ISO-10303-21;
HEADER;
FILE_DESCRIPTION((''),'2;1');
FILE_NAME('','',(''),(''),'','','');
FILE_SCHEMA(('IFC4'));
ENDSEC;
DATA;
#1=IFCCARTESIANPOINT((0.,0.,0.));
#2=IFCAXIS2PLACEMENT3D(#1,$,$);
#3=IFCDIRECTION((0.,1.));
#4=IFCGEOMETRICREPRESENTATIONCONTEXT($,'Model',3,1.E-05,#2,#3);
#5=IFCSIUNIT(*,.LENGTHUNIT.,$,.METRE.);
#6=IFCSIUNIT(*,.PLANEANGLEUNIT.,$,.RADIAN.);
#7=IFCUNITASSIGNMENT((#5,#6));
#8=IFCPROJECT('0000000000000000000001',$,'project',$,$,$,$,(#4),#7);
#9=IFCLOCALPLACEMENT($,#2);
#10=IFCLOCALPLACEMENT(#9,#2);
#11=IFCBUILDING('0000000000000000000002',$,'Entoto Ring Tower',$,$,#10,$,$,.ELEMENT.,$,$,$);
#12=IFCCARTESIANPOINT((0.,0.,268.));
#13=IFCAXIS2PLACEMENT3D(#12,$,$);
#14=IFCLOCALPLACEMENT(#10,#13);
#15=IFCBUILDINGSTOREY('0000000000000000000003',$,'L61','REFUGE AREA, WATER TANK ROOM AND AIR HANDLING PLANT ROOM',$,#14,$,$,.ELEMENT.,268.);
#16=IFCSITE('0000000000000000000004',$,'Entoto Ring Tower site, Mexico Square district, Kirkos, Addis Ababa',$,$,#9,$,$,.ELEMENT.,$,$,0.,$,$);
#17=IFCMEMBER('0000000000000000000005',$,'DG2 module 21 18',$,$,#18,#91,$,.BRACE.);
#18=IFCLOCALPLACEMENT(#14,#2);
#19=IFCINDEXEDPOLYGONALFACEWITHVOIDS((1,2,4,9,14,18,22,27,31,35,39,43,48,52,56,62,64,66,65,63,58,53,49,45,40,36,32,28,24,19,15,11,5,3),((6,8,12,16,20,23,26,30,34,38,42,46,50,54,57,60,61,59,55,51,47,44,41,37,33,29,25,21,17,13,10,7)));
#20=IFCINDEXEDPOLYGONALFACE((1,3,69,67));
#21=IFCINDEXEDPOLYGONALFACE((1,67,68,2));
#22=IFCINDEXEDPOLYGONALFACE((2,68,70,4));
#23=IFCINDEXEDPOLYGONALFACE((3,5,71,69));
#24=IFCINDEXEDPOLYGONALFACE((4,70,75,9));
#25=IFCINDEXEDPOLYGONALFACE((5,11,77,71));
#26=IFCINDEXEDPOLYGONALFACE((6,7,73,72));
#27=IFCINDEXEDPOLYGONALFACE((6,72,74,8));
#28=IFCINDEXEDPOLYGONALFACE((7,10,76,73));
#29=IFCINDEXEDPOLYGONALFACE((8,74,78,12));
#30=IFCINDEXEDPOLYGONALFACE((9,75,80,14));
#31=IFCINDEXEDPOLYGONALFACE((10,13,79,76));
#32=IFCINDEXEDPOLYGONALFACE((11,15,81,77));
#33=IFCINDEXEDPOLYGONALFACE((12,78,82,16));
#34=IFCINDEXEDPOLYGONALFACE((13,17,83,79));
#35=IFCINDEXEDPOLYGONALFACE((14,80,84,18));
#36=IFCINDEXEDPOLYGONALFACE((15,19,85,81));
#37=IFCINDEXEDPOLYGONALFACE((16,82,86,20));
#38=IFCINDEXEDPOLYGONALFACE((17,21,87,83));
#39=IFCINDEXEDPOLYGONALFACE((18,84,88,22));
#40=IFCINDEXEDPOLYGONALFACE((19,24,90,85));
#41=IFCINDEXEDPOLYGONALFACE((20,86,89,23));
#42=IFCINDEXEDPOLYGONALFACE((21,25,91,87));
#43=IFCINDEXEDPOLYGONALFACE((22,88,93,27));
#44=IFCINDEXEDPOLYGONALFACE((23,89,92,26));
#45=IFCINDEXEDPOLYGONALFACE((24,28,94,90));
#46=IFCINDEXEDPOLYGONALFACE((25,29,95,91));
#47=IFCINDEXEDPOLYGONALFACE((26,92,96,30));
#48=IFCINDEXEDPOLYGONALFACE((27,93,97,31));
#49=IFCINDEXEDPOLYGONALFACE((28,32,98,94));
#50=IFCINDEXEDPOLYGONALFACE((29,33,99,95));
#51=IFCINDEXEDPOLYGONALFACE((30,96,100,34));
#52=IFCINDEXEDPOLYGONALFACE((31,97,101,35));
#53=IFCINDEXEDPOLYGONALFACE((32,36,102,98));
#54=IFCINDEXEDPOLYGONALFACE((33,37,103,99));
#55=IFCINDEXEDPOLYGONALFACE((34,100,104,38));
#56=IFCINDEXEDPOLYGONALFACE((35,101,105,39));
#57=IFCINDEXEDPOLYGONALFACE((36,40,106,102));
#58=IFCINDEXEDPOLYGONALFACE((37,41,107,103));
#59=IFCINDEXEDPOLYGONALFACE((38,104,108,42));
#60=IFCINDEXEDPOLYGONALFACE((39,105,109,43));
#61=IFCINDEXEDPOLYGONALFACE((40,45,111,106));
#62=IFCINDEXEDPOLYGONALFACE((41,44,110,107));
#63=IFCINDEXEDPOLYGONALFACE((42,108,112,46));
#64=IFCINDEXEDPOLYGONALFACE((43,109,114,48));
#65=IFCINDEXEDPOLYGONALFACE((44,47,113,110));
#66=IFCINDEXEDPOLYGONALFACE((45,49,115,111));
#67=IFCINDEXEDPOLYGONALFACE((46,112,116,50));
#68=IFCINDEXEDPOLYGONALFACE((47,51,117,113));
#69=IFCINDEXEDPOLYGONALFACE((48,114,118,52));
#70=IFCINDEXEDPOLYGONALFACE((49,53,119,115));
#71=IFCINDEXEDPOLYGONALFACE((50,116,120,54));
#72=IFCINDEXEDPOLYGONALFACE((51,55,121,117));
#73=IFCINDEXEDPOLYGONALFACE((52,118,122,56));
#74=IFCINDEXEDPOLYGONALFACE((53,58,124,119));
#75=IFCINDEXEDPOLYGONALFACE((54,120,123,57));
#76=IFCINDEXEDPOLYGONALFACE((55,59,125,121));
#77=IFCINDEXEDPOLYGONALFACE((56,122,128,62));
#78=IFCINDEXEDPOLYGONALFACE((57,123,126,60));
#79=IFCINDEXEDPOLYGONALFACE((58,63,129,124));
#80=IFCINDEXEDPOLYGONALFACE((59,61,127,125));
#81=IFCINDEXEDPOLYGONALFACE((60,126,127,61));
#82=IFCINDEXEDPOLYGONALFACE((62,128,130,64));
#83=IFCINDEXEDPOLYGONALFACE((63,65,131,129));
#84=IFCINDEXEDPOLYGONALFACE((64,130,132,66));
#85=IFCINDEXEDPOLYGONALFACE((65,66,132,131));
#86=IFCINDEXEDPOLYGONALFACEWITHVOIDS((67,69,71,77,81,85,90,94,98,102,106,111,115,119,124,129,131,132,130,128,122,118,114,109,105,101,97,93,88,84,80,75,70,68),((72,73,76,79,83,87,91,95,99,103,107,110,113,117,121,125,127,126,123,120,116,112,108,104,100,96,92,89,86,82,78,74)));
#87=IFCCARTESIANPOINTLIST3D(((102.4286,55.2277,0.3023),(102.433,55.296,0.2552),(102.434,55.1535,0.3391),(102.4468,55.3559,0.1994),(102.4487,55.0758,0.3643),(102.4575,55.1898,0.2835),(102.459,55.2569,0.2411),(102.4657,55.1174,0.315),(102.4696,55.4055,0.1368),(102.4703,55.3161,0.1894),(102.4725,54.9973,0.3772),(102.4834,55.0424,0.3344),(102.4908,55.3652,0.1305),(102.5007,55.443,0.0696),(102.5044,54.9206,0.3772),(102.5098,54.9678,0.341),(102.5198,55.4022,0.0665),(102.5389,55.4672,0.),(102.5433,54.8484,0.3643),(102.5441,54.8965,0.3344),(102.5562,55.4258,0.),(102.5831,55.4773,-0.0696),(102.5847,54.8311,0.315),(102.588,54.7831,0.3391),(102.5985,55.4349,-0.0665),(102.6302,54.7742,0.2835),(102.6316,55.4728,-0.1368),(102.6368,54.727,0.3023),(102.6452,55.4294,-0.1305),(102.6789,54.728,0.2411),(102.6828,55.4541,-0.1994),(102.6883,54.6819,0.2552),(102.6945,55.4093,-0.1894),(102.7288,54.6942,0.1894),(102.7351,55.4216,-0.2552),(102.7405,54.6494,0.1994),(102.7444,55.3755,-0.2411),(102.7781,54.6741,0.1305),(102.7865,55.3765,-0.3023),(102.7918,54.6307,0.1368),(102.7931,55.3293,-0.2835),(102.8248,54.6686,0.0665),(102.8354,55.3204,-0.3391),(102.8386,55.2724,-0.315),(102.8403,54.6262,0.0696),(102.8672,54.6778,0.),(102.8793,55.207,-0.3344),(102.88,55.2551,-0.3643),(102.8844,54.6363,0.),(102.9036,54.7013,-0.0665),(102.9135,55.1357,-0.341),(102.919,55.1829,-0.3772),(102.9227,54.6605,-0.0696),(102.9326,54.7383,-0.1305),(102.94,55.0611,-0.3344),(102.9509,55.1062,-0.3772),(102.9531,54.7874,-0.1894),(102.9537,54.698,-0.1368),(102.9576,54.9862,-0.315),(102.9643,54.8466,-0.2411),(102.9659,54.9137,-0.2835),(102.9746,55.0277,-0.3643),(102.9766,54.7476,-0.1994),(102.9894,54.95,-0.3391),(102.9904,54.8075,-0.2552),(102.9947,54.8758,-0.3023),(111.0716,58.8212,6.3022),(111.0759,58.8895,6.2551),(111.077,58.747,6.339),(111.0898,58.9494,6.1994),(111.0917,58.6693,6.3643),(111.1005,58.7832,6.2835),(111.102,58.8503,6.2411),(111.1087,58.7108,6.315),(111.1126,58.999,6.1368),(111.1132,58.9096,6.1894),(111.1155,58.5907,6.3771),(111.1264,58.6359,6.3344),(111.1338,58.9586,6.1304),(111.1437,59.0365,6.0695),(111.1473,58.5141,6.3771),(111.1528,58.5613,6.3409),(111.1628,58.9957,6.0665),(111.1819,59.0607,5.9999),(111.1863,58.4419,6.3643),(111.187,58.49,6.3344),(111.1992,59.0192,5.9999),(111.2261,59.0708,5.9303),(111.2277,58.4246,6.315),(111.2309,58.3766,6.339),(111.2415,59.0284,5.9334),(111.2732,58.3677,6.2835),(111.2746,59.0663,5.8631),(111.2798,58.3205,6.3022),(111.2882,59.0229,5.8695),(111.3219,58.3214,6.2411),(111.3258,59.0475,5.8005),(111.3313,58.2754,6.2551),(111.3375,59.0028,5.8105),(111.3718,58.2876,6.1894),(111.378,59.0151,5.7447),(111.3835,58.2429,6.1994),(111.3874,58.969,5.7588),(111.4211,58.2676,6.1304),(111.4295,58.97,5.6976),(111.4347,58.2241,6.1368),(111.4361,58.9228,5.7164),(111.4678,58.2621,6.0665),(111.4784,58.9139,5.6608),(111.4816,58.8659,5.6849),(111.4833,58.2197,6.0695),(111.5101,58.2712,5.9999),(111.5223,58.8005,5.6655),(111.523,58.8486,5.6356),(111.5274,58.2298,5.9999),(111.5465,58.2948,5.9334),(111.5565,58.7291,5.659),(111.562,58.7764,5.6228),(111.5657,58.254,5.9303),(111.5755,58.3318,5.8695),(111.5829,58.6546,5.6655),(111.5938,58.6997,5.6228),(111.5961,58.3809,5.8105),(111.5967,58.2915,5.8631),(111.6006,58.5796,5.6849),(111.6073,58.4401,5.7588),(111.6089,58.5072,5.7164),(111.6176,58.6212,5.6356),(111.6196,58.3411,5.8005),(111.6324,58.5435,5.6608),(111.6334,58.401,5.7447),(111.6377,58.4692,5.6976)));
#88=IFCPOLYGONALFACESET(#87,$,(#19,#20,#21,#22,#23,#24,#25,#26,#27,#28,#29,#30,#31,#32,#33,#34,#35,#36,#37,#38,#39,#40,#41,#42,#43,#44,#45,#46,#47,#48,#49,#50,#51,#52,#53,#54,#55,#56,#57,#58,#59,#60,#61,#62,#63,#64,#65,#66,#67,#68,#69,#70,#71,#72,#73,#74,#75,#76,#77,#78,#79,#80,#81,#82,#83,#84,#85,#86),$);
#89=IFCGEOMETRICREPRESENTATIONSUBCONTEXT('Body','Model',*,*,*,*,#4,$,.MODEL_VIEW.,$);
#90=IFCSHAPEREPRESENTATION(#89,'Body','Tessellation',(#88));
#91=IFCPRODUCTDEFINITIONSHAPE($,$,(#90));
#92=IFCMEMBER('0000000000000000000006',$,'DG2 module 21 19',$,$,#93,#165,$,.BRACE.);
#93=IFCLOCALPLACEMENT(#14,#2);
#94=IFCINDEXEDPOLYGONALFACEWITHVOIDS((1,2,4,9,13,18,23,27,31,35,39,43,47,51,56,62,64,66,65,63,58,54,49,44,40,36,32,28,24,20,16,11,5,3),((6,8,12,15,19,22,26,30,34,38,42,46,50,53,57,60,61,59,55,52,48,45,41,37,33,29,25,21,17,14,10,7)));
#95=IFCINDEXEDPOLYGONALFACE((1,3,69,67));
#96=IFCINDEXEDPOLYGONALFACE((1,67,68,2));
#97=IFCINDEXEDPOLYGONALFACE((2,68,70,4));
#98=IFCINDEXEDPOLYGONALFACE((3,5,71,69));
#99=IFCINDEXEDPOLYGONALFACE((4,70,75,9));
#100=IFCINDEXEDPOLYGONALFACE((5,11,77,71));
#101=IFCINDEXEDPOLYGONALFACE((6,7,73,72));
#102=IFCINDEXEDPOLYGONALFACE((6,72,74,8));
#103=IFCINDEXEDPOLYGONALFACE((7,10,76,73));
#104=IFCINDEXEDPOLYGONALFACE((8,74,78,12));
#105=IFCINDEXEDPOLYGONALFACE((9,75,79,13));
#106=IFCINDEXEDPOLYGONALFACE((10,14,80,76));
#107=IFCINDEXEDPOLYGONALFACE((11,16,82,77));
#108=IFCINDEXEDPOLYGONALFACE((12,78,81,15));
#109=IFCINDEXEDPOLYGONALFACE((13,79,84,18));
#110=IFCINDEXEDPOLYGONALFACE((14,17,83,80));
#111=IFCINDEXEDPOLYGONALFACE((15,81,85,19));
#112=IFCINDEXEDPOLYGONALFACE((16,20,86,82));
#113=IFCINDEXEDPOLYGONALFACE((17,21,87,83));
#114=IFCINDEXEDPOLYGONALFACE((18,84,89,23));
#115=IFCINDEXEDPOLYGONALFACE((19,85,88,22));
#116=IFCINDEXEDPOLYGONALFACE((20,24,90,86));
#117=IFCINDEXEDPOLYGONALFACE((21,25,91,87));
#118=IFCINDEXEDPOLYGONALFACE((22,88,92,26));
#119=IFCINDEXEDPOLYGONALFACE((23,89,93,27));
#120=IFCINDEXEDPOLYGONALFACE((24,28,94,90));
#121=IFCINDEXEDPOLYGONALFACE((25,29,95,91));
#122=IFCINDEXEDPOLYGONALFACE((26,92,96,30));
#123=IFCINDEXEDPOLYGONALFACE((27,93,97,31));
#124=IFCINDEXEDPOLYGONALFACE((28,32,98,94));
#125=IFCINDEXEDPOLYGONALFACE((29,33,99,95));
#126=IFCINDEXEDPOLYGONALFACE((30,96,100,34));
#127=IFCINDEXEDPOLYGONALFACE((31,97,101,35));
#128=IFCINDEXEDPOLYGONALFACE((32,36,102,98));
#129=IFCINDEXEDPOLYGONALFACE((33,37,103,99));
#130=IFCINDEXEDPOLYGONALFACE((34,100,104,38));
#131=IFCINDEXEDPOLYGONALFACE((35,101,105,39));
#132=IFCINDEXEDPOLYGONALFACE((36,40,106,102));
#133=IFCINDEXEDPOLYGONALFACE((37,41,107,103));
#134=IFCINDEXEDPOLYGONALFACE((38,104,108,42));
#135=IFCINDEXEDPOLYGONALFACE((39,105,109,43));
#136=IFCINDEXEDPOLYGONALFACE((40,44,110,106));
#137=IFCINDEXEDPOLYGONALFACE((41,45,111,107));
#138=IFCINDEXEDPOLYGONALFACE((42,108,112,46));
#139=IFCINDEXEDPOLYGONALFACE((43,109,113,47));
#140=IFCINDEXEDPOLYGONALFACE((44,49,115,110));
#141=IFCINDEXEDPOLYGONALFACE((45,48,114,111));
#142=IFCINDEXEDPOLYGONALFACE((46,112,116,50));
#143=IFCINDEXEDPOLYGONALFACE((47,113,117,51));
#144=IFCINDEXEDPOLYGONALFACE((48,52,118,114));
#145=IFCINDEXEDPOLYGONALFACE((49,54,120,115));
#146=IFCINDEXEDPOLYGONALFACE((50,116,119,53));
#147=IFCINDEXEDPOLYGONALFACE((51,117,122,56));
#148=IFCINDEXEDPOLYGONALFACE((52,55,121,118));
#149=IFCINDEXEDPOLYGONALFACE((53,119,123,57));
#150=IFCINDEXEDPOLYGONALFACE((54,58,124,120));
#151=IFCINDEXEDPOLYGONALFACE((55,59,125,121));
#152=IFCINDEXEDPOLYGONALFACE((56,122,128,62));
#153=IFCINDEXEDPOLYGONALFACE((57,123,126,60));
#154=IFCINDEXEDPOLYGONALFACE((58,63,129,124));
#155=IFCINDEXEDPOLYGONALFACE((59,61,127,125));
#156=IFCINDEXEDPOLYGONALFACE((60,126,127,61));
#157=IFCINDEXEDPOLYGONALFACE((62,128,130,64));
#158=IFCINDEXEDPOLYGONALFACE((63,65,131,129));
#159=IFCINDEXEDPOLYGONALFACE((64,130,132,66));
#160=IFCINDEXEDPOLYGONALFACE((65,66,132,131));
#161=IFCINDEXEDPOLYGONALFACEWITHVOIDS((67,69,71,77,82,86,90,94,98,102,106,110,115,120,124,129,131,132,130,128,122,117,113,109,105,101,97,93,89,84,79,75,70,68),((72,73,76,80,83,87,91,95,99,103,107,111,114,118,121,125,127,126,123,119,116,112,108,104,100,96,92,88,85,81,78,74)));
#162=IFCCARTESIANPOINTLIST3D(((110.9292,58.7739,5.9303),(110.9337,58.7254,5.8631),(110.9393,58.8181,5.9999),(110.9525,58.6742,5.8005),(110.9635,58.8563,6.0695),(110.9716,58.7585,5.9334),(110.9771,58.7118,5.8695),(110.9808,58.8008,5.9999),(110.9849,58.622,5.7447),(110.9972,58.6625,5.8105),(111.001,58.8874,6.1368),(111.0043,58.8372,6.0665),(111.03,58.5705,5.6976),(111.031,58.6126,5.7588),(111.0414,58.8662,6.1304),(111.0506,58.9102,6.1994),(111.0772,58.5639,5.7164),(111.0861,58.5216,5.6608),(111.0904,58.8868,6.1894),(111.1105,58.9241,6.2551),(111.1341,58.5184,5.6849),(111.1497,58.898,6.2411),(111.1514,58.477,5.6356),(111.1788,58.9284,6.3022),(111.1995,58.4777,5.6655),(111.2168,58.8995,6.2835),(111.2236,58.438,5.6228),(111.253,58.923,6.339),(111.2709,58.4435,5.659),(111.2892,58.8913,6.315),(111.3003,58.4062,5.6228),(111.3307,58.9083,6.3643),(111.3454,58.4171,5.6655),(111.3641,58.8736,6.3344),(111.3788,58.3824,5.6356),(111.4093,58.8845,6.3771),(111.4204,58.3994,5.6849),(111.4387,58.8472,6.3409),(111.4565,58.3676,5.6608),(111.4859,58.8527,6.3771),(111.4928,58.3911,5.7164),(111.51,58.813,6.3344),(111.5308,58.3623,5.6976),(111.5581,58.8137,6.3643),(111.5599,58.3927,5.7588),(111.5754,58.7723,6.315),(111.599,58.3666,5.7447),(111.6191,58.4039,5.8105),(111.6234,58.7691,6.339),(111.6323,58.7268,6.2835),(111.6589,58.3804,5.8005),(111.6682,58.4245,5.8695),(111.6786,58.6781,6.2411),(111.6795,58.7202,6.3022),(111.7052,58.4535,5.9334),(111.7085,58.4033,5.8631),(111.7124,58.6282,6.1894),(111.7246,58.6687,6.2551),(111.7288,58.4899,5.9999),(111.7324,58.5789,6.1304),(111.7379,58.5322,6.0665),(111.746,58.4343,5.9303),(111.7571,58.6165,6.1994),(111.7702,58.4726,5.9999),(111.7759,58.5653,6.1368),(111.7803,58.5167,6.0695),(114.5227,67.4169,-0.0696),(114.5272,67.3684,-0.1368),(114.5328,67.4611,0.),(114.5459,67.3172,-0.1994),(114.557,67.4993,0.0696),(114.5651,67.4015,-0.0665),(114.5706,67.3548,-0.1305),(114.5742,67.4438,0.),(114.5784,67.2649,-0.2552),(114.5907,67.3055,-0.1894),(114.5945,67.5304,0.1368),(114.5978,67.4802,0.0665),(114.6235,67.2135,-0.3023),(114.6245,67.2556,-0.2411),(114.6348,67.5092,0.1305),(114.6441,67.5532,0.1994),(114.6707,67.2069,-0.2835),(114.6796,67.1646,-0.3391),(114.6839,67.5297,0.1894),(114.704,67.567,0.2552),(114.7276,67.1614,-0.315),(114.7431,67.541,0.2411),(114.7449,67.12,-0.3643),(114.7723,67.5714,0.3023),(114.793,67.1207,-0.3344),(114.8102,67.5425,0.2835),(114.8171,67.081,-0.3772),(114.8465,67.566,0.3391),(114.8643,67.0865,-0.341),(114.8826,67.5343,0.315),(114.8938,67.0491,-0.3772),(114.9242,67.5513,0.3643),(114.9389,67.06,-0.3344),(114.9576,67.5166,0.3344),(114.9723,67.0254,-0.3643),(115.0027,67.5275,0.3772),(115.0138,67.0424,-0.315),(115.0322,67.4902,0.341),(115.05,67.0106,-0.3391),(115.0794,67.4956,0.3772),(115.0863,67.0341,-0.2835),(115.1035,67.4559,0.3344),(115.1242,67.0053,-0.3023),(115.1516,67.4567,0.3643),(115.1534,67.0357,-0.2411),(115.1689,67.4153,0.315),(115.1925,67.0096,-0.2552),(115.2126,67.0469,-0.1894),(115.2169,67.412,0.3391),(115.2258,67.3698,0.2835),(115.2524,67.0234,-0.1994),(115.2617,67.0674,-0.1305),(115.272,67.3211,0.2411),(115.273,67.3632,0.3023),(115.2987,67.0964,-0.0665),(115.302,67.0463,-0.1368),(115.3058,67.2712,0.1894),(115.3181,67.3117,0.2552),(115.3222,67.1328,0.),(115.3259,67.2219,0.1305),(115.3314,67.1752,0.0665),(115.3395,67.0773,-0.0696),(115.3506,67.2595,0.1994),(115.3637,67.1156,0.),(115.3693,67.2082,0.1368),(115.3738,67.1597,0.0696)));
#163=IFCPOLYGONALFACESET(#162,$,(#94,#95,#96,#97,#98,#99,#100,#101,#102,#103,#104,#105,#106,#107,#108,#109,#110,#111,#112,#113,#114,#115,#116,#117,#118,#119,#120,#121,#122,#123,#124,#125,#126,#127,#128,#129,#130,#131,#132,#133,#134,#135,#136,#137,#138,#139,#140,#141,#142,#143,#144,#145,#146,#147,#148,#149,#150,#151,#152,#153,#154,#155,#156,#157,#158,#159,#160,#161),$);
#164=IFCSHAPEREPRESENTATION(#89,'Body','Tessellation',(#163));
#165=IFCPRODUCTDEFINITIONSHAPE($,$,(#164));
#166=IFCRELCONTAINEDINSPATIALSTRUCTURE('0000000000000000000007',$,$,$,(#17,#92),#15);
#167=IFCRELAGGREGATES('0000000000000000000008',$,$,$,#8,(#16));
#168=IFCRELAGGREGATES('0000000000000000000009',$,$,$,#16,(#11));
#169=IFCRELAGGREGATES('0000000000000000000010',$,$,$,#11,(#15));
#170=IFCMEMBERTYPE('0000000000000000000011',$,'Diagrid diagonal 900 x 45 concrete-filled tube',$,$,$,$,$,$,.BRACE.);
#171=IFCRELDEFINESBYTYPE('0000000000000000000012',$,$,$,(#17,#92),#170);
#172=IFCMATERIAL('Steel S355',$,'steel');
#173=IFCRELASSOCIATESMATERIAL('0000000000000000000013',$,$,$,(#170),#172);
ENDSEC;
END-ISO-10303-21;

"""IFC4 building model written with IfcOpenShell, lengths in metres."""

from ifc_helpers import new_model, si_unit, direction, frame, origin, origin_2d, place, context, subcontext, project, spatial, circle, hollow_circle, extrude, material, material_profile, profile_set, type_object, element, save


model = new_model("IFC4")

# Units and contexts
model_context = context("Model", 3, precision=1e-05, world=origin(), true_north=direction((0.0, 1.0)))
body_context = subcontext(model_context, "Body", "Model", "MODEL_VIEW")
ifc_project = project(units=[si_unit("LENGTHUNIT", "METRE"), si_unit("PLANEANGLEUNIT", "RADIAN")], contexts=[model_context])

# Site, building, storey
site_placement = place(None, origin())
site = spatial("IfcSite", under=ifc_project, at=site_placement, Name="Entoto Ring Tower site, Mexico Square district, Kirkos, Addis Ababa", CompositionType="ELEMENT", RefElevation=0.0)
building_placement = place(site_placement, origin())
building = spatial("IfcBuilding", under=site, at=building_placement, Name="Entoto Ring Tower", CompositionType="ELEMENT")
storey_placement = place(building_placement, frame((0.0, 0.0, 268.0)))
storey = spatial("IfcBuildingStorey", under=building, at=storey_placement, Name="L61", Description="REFUGE AREA, WATER TANK ROOM AND AIR HANDLING PLANT ROOM", CompositionType="ELEMENT", Elevation=268.0)

# Members
ifc_material_1 = material(Name="Steel S355", Category="steel")
ifc_material_profile_1 = material_profile(ifc_material_1, hollow_circle(Radius=0.45, WallThickness=0.0449, at=origin_2d()), Name="CHS 900 x 45")
ifc_material_2 = material(Name="Concrete C60/75", Category="concrete")
ifc_material_profile_2 = material_profile(ifc_material_2, circle(Radius=0.405, at=origin_2d()), Name="Concrete C60/75 infill")
ifc_profile_set_1 = profile_set([ifc_material_profile_1, ifc_material_profile_2], Name="Steel S355")
member_type_1 = type_object("IfcMemberType", Name="Diagrid diagonal 900 x 45 concrete-filled tube", PredefinedType="BRACE", material=ifc_profile_set_1)
for number, where, z_axis, x_axis, name in (
    (1, (102.7117, 55.0518, 0.0), (0.777375, 0.323207, 0.539652), (-0.383908, 0.923371, 0.0), "DG2 module 21 18"),
    (2, (114.9482, 67.2883, 0.0), (-0.323207, -0.777375, 0.539652), (0.923371, -0.383908, 0.0), "DG2 module 21 19"),
):
    element("IfcMember", number, at=place(storey_placement, frame(where, z_axis=z_axis, x_axis=x_axis)), inside=storey, type_object=member_type_1, Name=name, PredefinedType="BRACE", context=body_context, shape_type="SweptSolid", body=[
        extrude(hollow_circle(Radius=0.45, WallThickness=0.0449, at=origin_2d()), origin(), (0.0, 0.0, 1.0), 11.1182),
    ])

save(model, "model.ifc")
